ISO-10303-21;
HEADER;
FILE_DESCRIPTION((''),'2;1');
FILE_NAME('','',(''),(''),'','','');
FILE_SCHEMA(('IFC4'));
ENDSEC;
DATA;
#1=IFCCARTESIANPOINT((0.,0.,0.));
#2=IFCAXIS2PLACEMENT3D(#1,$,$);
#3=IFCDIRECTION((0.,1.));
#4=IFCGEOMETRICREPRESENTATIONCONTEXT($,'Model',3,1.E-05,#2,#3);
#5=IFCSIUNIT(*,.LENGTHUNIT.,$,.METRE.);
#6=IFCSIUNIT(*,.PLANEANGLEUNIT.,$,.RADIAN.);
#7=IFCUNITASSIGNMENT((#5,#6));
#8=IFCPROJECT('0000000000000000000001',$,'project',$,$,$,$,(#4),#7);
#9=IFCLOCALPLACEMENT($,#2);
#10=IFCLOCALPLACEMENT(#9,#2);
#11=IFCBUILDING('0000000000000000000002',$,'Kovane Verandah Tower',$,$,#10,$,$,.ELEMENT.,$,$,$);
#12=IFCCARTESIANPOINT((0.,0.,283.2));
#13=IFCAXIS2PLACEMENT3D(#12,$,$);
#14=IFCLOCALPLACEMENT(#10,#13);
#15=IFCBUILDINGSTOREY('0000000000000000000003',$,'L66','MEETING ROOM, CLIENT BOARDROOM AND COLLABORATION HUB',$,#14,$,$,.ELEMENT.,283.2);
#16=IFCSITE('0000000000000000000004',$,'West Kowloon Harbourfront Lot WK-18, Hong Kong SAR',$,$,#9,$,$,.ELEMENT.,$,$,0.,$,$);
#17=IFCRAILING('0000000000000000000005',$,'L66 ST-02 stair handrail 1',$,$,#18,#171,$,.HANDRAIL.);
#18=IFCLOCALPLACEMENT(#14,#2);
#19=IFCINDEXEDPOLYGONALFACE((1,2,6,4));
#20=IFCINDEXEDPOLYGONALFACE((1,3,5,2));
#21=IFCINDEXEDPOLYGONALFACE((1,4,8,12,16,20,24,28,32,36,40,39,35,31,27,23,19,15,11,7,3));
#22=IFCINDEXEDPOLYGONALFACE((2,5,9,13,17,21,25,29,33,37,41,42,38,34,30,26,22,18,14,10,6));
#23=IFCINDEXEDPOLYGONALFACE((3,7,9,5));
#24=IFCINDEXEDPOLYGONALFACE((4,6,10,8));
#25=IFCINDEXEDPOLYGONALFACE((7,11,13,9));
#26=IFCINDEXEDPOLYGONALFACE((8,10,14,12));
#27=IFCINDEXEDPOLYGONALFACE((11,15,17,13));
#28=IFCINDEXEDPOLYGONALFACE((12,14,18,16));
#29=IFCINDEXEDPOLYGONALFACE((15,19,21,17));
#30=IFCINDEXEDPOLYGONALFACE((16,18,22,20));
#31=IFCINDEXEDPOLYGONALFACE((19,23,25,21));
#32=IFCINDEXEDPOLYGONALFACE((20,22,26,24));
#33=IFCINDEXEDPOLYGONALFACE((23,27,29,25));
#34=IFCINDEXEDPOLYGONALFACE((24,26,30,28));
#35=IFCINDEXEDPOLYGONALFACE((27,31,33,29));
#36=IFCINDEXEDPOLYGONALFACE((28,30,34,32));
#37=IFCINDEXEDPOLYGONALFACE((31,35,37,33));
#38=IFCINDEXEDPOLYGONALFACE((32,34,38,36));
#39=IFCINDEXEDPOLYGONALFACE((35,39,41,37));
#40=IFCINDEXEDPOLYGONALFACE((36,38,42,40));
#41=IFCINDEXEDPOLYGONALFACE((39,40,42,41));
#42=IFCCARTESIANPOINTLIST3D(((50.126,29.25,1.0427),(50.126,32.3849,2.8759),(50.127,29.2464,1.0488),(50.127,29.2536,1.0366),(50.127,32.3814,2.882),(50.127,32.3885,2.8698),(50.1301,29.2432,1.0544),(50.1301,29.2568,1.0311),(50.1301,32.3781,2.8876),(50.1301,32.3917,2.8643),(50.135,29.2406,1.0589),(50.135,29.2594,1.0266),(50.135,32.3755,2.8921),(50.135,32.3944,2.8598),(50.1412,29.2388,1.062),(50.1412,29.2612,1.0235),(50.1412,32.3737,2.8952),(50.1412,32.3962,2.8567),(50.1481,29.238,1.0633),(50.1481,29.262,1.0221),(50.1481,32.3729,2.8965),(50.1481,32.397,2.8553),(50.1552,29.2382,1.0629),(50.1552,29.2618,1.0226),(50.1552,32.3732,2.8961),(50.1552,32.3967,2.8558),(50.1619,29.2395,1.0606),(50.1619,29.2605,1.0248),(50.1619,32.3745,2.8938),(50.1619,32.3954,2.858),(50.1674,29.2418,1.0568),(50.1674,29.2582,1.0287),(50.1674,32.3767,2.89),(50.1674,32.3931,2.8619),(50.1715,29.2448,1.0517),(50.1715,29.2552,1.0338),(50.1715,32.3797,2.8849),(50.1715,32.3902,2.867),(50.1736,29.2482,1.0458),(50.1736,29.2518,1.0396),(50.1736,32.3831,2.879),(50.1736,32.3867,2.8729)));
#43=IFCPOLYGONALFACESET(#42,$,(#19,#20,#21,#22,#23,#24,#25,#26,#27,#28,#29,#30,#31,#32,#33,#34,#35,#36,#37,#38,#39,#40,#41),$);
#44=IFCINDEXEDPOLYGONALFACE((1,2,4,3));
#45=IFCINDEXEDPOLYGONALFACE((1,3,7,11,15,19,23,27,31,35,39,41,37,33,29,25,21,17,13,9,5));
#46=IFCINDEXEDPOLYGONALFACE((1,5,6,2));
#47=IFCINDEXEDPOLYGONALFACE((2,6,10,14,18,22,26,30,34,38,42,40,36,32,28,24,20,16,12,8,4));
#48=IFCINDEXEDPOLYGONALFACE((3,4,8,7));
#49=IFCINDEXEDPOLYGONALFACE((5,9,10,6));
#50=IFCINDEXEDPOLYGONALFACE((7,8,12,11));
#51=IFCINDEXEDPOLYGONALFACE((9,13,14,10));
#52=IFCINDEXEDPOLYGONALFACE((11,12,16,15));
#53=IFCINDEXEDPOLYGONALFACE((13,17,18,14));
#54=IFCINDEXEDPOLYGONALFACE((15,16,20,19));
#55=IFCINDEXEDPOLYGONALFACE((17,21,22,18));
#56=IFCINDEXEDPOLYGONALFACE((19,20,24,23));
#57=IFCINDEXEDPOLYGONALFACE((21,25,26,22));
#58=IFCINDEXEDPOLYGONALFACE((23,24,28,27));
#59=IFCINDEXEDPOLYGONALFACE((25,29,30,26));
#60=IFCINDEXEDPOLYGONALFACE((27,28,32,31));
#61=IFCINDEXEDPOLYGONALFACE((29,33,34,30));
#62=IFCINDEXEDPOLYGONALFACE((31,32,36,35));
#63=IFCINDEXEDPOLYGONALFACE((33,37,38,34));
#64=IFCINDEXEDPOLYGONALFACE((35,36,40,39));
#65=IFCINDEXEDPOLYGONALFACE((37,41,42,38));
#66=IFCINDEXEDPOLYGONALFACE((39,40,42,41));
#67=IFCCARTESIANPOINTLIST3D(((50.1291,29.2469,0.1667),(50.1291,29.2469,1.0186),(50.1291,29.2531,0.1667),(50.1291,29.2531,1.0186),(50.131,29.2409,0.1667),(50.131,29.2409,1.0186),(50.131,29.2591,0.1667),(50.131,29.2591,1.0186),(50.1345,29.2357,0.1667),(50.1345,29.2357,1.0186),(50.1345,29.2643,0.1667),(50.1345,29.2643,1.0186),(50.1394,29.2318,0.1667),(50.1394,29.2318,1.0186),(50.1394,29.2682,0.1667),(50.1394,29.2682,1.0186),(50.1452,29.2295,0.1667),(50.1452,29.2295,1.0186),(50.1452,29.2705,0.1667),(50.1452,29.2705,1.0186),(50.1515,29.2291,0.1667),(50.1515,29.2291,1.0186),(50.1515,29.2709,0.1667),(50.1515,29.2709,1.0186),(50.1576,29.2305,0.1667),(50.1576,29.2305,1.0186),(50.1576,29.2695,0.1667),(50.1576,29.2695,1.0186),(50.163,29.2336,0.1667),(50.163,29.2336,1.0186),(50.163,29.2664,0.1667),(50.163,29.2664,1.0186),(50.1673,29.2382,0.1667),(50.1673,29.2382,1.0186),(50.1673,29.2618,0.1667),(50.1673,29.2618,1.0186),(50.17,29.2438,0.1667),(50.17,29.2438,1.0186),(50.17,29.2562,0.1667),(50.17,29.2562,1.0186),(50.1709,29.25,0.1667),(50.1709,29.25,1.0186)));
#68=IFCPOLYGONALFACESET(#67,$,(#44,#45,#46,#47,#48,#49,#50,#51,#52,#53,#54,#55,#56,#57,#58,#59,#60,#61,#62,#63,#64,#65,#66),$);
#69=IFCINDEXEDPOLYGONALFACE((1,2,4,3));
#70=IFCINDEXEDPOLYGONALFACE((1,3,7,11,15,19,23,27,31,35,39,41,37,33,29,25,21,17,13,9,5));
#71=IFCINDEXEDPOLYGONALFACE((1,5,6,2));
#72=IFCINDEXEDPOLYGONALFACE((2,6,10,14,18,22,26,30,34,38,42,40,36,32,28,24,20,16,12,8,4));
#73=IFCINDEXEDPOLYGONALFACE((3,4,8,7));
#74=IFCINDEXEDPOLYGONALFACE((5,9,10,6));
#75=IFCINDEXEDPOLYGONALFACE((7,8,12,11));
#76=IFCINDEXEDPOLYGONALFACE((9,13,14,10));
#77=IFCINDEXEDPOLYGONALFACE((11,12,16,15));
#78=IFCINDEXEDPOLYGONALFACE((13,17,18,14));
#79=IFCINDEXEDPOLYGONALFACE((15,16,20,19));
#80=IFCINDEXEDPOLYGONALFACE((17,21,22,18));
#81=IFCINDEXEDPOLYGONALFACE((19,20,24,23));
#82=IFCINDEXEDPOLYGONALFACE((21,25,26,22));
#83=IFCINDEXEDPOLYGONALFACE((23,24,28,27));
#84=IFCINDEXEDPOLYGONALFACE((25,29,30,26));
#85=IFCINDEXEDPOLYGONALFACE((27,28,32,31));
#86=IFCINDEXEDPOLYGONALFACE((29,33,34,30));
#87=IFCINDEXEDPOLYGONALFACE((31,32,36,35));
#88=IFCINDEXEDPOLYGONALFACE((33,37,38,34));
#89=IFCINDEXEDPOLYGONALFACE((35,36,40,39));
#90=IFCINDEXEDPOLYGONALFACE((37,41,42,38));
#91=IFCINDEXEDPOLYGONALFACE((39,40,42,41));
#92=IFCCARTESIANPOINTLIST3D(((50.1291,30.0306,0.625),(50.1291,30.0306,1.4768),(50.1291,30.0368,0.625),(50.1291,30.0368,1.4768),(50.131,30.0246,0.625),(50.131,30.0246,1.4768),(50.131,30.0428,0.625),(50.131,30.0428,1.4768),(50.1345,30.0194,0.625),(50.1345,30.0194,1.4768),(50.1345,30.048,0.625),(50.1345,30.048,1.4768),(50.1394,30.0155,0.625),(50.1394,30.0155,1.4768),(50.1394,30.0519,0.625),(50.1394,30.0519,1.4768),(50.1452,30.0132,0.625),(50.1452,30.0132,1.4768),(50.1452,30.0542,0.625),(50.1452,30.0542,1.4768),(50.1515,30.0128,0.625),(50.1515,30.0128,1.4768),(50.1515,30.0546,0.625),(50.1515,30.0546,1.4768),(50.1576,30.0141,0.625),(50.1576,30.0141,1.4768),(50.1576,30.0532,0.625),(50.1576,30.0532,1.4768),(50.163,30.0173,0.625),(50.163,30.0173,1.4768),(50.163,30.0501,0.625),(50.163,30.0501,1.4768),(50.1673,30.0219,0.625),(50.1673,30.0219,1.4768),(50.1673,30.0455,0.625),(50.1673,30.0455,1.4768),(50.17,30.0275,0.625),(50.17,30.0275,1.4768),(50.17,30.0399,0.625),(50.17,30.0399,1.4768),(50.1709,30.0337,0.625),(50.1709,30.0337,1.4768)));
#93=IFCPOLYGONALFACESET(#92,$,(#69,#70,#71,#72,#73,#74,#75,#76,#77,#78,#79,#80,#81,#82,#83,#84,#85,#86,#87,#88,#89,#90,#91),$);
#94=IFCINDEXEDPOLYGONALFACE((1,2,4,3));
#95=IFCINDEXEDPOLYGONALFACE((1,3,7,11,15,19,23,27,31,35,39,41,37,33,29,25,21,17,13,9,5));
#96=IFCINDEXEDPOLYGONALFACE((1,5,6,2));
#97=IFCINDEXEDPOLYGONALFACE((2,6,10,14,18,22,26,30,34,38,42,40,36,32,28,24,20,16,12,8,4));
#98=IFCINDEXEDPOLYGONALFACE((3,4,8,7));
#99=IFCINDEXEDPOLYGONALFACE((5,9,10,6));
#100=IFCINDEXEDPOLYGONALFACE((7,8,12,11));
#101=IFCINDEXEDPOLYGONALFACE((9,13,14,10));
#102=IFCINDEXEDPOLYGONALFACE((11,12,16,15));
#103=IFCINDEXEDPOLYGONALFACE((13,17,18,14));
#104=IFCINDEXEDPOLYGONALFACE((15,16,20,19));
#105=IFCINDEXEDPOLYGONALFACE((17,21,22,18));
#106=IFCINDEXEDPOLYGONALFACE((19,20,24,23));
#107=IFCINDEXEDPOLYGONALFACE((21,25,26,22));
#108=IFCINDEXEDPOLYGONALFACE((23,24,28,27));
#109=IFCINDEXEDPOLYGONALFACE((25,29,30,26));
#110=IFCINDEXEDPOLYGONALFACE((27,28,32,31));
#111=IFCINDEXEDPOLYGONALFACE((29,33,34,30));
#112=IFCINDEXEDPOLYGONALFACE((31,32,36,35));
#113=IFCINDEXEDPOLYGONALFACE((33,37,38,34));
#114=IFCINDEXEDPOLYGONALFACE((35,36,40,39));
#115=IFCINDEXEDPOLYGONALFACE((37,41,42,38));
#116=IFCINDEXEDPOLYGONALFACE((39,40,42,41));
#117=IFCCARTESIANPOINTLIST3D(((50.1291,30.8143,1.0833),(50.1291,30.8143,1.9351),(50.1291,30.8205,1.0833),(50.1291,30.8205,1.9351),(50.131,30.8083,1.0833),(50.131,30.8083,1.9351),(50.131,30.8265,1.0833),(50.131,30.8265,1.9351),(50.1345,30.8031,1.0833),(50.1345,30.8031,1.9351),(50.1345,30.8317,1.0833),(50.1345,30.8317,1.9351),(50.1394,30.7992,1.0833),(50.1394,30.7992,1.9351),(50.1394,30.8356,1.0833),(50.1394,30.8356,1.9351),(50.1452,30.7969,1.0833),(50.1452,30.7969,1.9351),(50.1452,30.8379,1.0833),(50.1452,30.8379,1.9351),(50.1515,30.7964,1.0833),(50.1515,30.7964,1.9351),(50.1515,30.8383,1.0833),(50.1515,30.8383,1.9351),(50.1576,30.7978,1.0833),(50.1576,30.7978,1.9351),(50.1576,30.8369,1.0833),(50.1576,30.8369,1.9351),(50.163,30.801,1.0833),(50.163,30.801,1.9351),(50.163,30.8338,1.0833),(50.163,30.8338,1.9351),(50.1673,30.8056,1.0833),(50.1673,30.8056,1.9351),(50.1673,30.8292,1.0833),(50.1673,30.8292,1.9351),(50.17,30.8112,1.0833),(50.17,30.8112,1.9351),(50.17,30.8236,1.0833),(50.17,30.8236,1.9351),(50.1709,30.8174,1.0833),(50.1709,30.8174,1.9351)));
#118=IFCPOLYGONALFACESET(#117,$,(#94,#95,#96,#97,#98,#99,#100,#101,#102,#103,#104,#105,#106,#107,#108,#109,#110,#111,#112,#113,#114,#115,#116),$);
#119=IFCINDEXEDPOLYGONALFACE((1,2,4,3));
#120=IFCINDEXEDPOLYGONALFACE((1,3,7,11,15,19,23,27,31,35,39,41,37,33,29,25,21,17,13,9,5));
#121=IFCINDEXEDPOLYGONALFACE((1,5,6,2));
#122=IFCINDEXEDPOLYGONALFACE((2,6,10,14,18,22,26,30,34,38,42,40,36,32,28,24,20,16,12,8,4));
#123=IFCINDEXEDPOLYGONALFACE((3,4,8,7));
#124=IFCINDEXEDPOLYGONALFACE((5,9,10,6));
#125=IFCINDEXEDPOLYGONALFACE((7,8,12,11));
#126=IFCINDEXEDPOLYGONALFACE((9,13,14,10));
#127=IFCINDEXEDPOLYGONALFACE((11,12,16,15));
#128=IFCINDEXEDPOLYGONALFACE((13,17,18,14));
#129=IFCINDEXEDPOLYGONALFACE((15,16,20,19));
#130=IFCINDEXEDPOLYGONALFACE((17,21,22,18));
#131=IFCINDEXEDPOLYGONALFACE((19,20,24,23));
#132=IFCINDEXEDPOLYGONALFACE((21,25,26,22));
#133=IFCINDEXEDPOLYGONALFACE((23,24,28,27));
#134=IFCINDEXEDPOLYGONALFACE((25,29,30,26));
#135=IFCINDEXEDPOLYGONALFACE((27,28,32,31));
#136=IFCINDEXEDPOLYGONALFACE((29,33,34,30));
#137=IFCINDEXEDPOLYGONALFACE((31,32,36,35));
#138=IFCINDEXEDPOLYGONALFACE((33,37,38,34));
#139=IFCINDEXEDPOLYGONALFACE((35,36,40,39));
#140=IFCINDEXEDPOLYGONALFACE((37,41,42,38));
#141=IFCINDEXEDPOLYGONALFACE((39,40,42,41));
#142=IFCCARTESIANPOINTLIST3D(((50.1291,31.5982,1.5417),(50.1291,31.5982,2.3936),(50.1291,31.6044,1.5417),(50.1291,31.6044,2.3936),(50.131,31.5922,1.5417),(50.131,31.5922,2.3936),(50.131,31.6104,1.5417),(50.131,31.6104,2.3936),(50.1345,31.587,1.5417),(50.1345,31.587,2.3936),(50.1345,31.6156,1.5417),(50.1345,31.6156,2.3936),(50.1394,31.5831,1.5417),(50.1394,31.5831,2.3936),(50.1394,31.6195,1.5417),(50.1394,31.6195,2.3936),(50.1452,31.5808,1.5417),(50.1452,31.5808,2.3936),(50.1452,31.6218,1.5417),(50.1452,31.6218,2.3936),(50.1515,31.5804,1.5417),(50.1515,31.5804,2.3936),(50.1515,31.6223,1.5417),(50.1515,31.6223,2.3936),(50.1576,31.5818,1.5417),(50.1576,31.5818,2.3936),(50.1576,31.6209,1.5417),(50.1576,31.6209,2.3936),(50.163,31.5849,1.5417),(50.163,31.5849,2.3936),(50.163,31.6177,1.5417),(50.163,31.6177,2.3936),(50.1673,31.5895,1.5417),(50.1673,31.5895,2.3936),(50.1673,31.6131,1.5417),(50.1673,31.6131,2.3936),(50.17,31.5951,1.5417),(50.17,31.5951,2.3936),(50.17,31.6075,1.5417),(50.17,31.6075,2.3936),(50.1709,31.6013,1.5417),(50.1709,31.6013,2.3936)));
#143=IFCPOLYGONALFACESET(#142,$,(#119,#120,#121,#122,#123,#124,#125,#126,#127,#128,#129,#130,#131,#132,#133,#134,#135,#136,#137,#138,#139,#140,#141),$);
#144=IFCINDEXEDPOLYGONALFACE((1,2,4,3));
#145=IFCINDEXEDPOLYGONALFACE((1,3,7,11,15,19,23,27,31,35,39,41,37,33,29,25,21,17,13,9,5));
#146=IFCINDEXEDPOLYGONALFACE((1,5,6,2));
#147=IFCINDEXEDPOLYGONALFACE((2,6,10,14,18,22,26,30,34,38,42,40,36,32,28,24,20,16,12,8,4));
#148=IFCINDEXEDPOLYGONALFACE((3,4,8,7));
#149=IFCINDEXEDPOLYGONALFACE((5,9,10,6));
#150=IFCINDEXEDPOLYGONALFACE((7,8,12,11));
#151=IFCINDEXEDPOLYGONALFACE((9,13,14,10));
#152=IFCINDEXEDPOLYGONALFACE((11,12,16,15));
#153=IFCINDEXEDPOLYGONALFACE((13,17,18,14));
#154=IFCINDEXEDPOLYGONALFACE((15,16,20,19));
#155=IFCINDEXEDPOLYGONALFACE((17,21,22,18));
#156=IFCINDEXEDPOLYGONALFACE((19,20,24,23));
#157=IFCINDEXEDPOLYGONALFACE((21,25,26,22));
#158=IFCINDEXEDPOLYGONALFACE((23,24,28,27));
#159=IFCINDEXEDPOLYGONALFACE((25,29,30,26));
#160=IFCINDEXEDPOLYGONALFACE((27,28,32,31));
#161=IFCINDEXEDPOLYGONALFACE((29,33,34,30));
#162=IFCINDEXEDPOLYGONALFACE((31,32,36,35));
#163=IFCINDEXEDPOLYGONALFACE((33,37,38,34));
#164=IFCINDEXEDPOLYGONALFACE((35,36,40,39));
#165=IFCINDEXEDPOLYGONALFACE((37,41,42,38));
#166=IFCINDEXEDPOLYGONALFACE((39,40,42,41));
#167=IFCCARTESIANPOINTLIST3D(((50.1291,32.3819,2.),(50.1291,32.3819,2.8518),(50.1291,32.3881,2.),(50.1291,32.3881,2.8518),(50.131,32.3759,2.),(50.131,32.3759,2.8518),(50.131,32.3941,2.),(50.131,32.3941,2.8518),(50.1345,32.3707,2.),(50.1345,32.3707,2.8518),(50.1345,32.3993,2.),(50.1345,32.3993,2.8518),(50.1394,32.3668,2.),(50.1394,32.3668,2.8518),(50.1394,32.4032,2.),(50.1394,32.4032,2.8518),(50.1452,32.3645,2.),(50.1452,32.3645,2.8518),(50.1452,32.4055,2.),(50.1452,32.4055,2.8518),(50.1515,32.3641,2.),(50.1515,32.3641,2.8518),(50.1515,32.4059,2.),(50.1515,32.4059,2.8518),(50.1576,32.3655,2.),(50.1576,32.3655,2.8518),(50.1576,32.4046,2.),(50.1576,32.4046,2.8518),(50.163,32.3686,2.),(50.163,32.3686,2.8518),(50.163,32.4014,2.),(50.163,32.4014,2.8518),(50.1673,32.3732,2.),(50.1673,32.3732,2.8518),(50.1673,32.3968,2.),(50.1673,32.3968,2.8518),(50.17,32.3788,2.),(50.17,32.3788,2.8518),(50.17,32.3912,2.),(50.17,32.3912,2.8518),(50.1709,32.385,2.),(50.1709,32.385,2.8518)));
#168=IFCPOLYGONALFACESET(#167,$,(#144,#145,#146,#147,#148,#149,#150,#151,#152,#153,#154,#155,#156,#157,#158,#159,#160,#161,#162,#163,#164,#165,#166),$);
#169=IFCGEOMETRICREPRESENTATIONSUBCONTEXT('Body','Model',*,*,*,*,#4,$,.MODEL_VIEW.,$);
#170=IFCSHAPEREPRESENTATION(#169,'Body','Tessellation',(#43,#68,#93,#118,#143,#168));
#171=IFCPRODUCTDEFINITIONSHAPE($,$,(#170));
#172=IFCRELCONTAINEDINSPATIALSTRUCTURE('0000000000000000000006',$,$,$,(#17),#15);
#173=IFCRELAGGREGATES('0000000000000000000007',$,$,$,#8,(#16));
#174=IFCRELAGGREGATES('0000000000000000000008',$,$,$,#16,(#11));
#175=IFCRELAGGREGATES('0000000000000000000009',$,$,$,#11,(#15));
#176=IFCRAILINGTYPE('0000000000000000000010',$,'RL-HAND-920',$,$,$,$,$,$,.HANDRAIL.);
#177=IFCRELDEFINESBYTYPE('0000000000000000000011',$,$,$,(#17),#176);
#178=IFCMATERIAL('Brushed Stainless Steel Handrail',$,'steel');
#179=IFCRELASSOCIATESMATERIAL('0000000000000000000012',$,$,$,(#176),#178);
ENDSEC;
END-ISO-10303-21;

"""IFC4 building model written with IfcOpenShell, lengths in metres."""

from ifc_helpers import new_model, si_unit, direction, frame, origin, origin_2d, place, context, subcontext, project, spatial, circle, extrude, material, type_object, element, save


model = new_model("IFC4")

# Units and contexts
model_context = context("Model", 3, precision=1e-05, world=origin(), true_north=direction((0.0, 1.0)))
body_context = subcontext(model_context, "Body", "Model", "MODEL_VIEW")
ifc_project = project(units=[si_unit("LENGTHUNIT", "METRE"), si_unit("PLANEANGLEUNIT", "RADIAN")], contexts=[model_context])

# Site, building, storey
site_placement = place(None, origin())
site = spatial("IfcSite", under=ifc_project, at=site_placement, Name="West Kowloon Harbourfront Lot WK-18, Hong Kong SAR", CompositionType="ELEMENT", RefElevation=0.0)
building_placement = place(site_placement, origin())
building = spatial("IfcBuilding", under=site, at=building_placement, Name="Kovane Verandah Tower", CompositionType="ELEMENT")
storey_placement = place(building_placement, frame((0.0, 0.0, 283.2)))
storey = spatial("IfcBuildingStorey", under=building, at=storey_placement, Name="L66", Description="MEETING ROOM, CLIENT BOARDROOM AND COLLABORATION HUB", CompositionType="ELEMENT", Elevation=283.2)

# Railing
ifc_material_1 = material(Name="Brushed Stainless Steel Handrail", Category="steel")
railing_type_1 = type_object("IfcRailingType", Name="RL-HAND-920", PredefinedType="HANDRAIL", material=ifc_material_1)
railing_1_placement = place(storey_placement, frame((50.1499, 29.25, 0.1667)))
element("IfcRailing", 1, at=railing_1_placement, inside=storey, type_object=railing_type_1, Name="L66 ST-02 stair handrail 1", PredefinedType="HANDRAIL", context=body_context, shape_type="SweptSolid", body=[
    extrude(circle(Radius=0.0239, at=origin_2d()), frame((0.0, 0.0, 0.876), z_axis=(0.0, 0.86324, 0.504794), x_axis=(-1.0, 0.0, 0.0)), (0.0, 0.0, 1.0), 3.6316),
    extrude(circle(Radius=0.021, at=origin_2d()), origin(), (0.0, 0.0, 1.0), 0.8518),
    extrude(circle(Radius=0.021, at=origin_2d()), frame((0.0, 0.7837, 0.4583)), (0.0, 0.0, 1.0), 0.8518),
    extrude(circle(Radius=0.021, at=origin_2d()), frame((0.0, 1.5674, 0.9165)), (0.0, 0.0, 1.0), 0.8518),
    extrude(circle(Radius=0.021, at=origin_2d()), frame((0.0, 2.3513, 1.375)), (0.0, 0.0, 1.0), 0.8518),
    extrude(circle(Radius=0.021, at=origin_2d()), frame((0.0, 3.135, 1.8333)), (0.0, 0.0, 1.0), 0.8518),
])

save(model, "model.ifc")
